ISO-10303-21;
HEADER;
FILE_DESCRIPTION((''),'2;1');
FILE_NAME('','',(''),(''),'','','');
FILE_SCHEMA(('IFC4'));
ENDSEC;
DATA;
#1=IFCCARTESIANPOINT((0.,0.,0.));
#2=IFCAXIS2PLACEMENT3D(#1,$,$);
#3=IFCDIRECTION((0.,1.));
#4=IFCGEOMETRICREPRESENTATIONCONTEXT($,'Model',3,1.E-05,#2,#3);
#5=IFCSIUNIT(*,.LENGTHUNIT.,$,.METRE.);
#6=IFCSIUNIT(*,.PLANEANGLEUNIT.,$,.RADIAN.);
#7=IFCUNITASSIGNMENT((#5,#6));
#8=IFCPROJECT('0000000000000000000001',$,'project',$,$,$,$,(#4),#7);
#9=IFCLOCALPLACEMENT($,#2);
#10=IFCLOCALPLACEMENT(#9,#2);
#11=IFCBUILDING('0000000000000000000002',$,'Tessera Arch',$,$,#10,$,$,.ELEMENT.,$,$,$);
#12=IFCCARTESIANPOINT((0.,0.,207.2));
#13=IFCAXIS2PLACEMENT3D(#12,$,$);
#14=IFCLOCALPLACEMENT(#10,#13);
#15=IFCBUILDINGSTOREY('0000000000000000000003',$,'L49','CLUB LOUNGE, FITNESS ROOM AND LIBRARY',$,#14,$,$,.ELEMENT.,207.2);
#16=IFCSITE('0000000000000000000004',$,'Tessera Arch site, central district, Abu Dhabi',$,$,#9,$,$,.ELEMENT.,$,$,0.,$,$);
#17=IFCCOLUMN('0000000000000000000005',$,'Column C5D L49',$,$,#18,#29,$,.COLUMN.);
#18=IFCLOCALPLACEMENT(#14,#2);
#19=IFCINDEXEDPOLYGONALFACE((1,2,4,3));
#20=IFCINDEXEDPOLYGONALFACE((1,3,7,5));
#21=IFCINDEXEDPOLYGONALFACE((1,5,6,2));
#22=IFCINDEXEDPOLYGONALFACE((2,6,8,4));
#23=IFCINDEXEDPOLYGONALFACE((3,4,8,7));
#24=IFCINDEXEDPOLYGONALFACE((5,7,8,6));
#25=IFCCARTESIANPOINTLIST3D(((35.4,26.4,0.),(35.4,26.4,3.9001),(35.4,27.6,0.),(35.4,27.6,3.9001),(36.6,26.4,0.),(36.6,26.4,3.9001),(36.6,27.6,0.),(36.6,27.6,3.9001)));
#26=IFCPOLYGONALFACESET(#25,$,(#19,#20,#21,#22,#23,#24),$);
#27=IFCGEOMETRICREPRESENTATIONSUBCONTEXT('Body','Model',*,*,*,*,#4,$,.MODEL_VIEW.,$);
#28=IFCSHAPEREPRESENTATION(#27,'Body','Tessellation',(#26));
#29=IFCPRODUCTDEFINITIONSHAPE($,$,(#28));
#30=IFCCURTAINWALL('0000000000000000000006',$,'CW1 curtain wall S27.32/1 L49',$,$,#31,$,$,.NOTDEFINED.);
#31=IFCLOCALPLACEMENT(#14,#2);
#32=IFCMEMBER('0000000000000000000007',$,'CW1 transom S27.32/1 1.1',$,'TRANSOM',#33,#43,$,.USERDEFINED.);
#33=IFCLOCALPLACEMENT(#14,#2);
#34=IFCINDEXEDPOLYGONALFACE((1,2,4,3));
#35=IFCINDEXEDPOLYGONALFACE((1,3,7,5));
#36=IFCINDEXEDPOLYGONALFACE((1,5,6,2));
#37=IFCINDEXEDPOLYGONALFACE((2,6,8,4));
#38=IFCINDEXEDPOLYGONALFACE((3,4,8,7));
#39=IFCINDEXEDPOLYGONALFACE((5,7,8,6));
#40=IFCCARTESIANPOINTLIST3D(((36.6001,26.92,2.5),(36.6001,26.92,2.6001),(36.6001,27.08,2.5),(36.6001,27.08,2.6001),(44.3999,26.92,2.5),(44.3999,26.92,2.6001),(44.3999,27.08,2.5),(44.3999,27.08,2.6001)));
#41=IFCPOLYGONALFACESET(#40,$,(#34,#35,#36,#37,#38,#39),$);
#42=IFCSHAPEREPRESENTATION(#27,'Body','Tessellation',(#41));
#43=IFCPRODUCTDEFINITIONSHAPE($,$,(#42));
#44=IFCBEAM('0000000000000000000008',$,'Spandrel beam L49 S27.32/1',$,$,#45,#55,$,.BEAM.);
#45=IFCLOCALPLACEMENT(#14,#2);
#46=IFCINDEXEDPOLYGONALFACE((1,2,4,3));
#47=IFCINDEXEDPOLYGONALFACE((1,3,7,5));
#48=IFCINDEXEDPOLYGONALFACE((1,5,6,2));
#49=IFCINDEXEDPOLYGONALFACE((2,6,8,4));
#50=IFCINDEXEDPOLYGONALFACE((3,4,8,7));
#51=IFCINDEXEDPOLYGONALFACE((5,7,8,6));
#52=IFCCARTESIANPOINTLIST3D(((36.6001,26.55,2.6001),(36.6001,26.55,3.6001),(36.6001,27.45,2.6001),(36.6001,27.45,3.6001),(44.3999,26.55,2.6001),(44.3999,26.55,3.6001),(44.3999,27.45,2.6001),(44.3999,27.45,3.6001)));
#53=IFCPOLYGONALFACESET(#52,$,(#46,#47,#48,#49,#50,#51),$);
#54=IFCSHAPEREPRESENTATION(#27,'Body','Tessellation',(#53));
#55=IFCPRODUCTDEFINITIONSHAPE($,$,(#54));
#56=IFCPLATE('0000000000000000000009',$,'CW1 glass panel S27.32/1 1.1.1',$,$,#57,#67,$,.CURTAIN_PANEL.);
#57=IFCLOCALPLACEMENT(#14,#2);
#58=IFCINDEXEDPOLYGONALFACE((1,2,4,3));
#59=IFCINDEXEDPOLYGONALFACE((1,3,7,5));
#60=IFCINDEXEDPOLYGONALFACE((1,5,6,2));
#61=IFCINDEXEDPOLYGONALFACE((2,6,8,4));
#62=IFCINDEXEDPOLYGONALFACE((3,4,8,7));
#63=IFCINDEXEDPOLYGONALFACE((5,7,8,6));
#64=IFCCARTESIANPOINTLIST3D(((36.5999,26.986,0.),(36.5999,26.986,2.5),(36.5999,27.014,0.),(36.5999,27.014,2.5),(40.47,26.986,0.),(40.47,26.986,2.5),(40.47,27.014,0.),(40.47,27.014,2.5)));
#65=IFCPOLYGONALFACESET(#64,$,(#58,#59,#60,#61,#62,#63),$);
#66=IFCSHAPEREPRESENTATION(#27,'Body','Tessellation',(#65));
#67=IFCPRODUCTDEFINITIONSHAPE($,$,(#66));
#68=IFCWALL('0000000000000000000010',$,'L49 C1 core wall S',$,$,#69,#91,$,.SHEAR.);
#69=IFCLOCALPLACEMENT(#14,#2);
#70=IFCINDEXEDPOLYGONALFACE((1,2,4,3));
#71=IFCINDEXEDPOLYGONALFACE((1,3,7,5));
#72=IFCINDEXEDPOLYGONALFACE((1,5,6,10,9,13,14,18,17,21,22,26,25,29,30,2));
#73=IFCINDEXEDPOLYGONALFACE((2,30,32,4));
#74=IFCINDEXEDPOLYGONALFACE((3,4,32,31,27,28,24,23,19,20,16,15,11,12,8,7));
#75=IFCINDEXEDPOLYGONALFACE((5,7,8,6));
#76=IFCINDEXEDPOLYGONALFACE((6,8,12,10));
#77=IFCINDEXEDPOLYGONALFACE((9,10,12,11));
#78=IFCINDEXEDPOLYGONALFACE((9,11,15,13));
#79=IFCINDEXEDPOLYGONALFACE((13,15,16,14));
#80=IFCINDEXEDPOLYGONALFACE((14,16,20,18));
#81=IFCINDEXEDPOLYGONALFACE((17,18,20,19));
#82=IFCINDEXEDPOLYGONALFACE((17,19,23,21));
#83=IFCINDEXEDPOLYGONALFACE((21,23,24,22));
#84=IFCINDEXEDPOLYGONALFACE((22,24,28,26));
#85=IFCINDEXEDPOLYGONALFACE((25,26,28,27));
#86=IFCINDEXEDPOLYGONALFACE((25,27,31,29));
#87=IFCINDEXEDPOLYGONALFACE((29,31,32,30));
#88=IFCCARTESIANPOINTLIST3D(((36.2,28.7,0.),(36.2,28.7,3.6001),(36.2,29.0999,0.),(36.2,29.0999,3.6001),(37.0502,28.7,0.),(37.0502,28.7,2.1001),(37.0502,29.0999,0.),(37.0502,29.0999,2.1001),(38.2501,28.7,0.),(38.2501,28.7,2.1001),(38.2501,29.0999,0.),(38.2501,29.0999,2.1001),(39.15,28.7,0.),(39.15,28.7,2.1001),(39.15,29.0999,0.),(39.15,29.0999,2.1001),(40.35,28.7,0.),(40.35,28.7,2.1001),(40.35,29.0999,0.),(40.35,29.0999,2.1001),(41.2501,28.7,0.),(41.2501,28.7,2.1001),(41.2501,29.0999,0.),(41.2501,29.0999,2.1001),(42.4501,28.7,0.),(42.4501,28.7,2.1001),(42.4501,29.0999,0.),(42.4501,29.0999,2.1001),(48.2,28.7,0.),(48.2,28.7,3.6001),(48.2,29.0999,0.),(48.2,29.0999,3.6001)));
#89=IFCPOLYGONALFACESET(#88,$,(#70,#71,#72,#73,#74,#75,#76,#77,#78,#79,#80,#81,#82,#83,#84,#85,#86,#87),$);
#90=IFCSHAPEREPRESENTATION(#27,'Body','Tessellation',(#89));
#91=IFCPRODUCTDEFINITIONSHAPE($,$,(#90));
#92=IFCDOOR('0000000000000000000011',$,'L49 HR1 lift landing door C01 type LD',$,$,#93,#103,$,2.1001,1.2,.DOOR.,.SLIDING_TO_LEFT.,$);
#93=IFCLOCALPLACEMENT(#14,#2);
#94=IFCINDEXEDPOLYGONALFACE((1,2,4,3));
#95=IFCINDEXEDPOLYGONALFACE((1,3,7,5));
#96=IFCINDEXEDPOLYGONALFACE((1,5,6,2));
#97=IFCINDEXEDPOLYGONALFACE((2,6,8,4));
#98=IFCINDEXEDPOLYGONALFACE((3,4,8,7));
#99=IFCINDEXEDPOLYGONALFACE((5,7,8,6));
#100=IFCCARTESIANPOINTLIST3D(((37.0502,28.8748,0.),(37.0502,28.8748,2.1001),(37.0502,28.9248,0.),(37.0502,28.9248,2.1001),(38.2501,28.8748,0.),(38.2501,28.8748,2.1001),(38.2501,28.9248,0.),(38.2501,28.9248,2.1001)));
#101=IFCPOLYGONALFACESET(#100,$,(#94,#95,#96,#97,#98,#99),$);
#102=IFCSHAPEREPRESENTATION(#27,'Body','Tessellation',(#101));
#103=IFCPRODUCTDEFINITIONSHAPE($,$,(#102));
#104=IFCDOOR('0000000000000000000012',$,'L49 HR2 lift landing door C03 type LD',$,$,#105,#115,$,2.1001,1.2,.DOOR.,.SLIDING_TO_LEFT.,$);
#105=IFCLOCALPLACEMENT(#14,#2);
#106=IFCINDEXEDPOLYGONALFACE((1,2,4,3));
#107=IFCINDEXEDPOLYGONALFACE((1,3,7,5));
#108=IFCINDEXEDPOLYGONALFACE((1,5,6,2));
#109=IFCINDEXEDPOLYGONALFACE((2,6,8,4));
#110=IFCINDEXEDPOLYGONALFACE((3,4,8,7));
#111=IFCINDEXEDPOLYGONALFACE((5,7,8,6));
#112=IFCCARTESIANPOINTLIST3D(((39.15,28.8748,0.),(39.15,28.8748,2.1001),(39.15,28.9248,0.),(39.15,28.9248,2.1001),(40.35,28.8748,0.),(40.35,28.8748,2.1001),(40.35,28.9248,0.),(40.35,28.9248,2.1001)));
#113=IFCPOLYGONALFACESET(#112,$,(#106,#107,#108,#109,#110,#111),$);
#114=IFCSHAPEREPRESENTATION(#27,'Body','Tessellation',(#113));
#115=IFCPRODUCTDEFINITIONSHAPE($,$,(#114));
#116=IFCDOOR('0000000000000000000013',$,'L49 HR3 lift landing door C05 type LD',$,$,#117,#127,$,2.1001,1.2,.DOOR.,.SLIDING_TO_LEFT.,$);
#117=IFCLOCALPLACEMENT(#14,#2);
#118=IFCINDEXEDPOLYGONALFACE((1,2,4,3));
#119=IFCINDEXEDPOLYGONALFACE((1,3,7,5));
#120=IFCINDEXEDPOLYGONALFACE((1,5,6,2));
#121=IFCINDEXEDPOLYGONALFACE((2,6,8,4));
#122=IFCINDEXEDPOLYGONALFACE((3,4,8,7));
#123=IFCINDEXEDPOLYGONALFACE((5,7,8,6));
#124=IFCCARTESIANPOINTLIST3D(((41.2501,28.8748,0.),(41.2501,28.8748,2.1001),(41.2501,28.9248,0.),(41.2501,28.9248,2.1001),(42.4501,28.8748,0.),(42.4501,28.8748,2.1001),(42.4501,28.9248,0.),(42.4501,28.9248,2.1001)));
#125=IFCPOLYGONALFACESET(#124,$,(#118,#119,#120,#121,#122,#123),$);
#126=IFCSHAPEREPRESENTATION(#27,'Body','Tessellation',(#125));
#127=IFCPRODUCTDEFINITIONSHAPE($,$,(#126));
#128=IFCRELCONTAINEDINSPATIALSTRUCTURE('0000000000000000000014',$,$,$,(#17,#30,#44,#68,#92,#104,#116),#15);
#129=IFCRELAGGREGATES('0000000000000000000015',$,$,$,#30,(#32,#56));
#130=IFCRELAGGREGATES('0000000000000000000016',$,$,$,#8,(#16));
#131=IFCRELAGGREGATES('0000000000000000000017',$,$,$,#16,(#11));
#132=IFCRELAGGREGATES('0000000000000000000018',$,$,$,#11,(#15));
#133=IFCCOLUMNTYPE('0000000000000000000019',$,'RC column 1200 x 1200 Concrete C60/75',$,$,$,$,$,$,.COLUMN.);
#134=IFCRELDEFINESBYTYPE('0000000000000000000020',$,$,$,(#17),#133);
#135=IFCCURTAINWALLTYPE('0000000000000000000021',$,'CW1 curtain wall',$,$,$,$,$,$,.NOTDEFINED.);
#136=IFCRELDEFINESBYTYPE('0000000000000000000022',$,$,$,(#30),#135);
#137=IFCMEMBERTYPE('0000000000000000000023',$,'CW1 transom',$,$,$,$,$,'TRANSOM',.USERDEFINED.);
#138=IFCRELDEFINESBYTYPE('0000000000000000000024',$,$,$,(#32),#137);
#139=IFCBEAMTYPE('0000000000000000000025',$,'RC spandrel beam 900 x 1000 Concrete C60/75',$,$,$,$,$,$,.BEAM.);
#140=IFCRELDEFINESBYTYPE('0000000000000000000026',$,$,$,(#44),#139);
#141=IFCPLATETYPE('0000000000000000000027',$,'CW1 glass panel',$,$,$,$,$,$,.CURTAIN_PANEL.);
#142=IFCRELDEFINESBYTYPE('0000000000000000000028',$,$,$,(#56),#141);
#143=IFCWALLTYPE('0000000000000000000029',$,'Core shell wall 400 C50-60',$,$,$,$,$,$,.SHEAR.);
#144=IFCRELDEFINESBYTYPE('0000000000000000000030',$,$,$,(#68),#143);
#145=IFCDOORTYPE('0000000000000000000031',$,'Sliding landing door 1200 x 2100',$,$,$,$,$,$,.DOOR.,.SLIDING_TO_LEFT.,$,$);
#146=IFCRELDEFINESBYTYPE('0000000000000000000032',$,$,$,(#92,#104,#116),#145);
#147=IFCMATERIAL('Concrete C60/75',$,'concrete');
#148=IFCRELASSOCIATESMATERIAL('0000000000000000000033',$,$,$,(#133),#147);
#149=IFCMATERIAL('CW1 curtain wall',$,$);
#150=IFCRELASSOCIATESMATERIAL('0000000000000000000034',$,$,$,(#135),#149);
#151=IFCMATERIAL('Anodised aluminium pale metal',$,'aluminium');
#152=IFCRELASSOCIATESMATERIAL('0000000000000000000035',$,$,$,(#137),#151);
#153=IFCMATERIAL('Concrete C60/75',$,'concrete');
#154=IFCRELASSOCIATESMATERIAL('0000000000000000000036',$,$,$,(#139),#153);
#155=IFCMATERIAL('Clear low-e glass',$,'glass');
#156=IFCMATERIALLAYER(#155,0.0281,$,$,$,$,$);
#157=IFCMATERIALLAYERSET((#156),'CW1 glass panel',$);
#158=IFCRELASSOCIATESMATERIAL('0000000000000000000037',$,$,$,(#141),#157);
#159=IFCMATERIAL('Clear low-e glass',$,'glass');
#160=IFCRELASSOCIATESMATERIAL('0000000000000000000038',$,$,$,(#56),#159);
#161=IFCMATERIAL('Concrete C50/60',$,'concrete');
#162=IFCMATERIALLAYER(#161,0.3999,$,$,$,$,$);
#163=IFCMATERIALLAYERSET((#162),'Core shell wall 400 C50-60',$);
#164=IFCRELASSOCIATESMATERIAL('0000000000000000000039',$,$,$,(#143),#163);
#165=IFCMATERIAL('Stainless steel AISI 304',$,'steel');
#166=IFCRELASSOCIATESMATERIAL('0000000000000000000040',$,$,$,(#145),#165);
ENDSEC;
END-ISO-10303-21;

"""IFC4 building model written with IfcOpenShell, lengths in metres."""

from ifc_helpers import new_model, si_unit, direction, frame, frame_2d, origin, origin_2d, place, context, subcontext, project, spatial, rectangle, extrude, material, layer, layer_set, material_profile, profile_set, type_object, element, fill, aggregate, save


model = new_model("IFC4")

# Units and contexts
model_context = context("Model", 3, precision=1e-05, world=origin(), true_north=direction((0.0, 1.0)))
body_context = subcontext(model_context, "Body", "Model", "MODEL_VIEW")
ifc_project = project(units=[si_unit("LENGTHUNIT", "METRE"), si_unit("PLANEANGLEUNIT", "RADIAN")], contexts=[model_context])

# Site, building, storey
site_placement = place(None, origin())
site = spatial("IfcSite", under=ifc_project, at=site_placement, Name="Tessera Arch site, central district, Abu Dhabi", CompositionType="ELEMENT", RefElevation=0.0)
building_placement = place(site_placement, origin())
building = spatial("IfcBuilding", under=site, at=building_placement, Name="Tessera Arch", CompositionType="ELEMENT")
storey_placement = place(building_placement, frame((0.0, 0.0, 207.2)))
storey = spatial("IfcBuildingStorey", under=building, at=storey_placement, Name="L49", Description="CLUB LOUNGE, FITNESS ROOM AND LIBRARY", CompositionType="ELEMENT", Elevation=207.2)

# Column
ifc_material_1 = material(Name="Concrete C60/75", Category="concrete")
ifc_material_profile_1 = material_profile(ifc_material_1, rectangle(XDim=1.2, YDim=1.2, at=origin_2d()), Name="RC column 1200 x 1200 Concrete C60/75")
ifc_profile_set_1 = profile_set([ifc_material_profile_1], Name="Concrete C60/75")
column_type = type_object("IfcColumnType", Name="RC column 1200 x 1200 Concrete C60/75", PredefinedType="COLUMN", material=ifc_profile_set_1)
column_placement = place(storey_placement, frame((36.0, 27.0, 0.0), z_axis=(0.0, 0.0, 1.0), x_axis=(1.0, 0.0, 0.0)))
element("IfcColumn", 1, at=column_placement, inside=storey, type_object=column_type, Name="Column C5D L49", PredefinedType="COLUMN", context=body_context, shape_type="SweptSolid", body=[
    extrude(rectangle(XDim=1.2, YDim=1.2, at=origin_2d()), origin(), (0.0, 0.0, 1.0), 3.9001),
])

# Curtain wall, member
ifc_material_2 = material(Name="CW1 curtain wall")
curtain_wall_type = type_object("IfcCurtainWallType", Name="CW1 curtain wall", PredefinedType="NOTDEFINED", material=ifc_material_2)
curtain_wall_placement = place(storey_placement, origin())
curtain_wall = element("IfcCurtainWall", 2, at=curtain_wall_placement, inside=storey, type_object=curtain_wall_type, Name="CW1 curtain wall S27.32/1 L49", PredefinedType="NOTDEFINED")
ifc_material_3 = material(Name="Anodised aluminium pale metal", Category="aluminium")
ifc_material_profile_2 = material_profile(ifc_material_3, rectangle(XDim=0.1599, YDim=0.1001, at=origin_2d()), Name="AL 160x100")
ifc_profile_set_2 = profile_set([ifc_material_profile_2], Name="Anodised aluminium pale metal")
member_type = type_object("IfcMemberType", Name="CW1 transom", ElementType="TRANSOM", PredefinedType="USERDEFINED", material=ifc_profile_set_2)
member_placement = place(storey_placement, frame((36.6001, 27.0, 2.55), z_axis=(1.0, 0.0, 0.0), x_axis=(0.0, 1.0, 0.0)))
member = element("IfcMember", 3, at=member_placement, type_object=member_type, Name="CW1 transom S27.32/1 1.1", ObjectType="TRANSOM", PredefinedType="USERDEFINED", context=body_context, shape_type="SweptSolid", body=[
    extrude(rectangle(XDim=0.1599, YDim=0.1001, at=origin_2d()), origin(), (0.0, 0.0, 1.0), 7.7998),
])

# Beam
ifc_material_4 = material(Name="Concrete C60/75", Category="concrete")
ifc_material_profile_3 = material_profile(ifc_material_4, rectangle(XDim=0.8999, YDim=1.0, at=origin_2d()), Name="RC spandrel beam 900 x 1000 Concrete C60/75")
ifc_profile_set_3 = profile_set([ifc_material_profile_3], Name="Concrete C60/75")
beam_type = type_object("IfcBeamType", Name="RC spandrel beam 900 x 1000 Concrete C60/75", PredefinedType="BEAM", material=ifc_profile_set_3)
beam_placement = place(storey_placement, frame((36.6001, 27.0, 3.1001), z_axis=(1.0, 0.0, 0.0), x_axis=(0.0, 1.0, 0.0)))
element("IfcBeam", 4, at=beam_placement, inside=storey, type_object=beam_type, Name="Spandrel beam L49 S27.32/1", PredefinedType="BEAM", context=body_context, shape_type="SweptSolid", body=[
    extrude(rectangle(XDim=0.8999, YDim=1.0, at=origin_2d()), origin(), (0.0, 0.0, 1.0), 7.7998),
])

# Plate
ifc_material_5 = material(Name="Clear low-e glass", Category="glass")
ifc_material_6 = material(Name="Clear low-e glass", Category="glass")
ifc_layer_1 = layer(ifc_material_6, 0.0281)
ifc_layer_set_1 = layer_set([ifc_layer_1], Name="CW1 glass panel")
plate_type = type_object("IfcPlateType", Name="CW1 glass panel", PredefinedType="CURTAIN_PANEL", material=ifc_layer_set_1)
plate_placement = place(storey_placement, frame((38.5349, 27.0, 0.0), z_axis=(0.0, 0.0, 1.0), x_axis=(1.0, 0.0, 0.0)))
plate = element("IfcPlate", 5, at=plate_placement, type_object=plate_type, material=ifc_material_5, Name="CW1 glass panel S27.32/1 1.1.1", PredefinedType="CURTAIN_PANEL", context=body_context, shape_type="SweptSolid", body=[
    extrude(rectangle(XDim=3.8701, YDim=0.0281, at=origin_2d()), origin(), (0.0, 0.0, 1.0), 2.5),
])
aggregate(curtain_wall, [member, plate])

# Wall, openings, doors
ifc_material_7 = material(Name="Concrete C50/60", Category="concrete")
ifc_layer_2 = layer(ifc_material_7, 0.3999)
ifc_layer_set_2 = layer_set([ifc_layer_2], Name="Core shell wall 400 C50-60")
wall_type_1 = type_object("IfcWallType", Name="Core shell wall 400 C50-60", PredefinedType="SHEAR", material=ifc_layer_set_2)
wall_1_placement = place(storey_placement, frame((36.2, 28.8999, 0.0), z_axis=(0.0, 0.0, 1.0), x_axis=(1.0, 0.0, 0.0)))
wall_1 = element("IfcWall", 6, at=wall_1_placement, inside=storey, type_object=wall_type_1, Name="L49 C1 core wall S", PredefinedType="SHEAR", context=body_context, shape_type="SweptSolid", body=[
    extrude(rectangle(XDim=12.0, YDim=0.3999, at=frame_2d((6.0, 0.0))), origin(), (0.0, 0.0, 1.0), 3.6001),
])
opening_1_placement = place(wall_1_placement, frame((0.8501, 0.0, 0.0)))
opening_1 = element("IfcOpeningElement", 7, at=opening_1_placement, cuts=wall_1, PredefinedType="OPENING", context=body_context, shape_type="SweptSolid", body=[
    extrude(rectangle(XDim=1.2, YDim=2.1001, at=frame_2d((0.6001, 1.05))), frame((0.0, 0.21, 0.0), z_axis=(0.0, -1.0, 0.0), x_axis=(1.0, 0.0, 0.0)), (0.0, 0.0, 1.0), 0.4199),
])
opening_2_placement = place(wall_1_placement, frame((2.95, 0.0, 0.0)))
opening_2 = element("IfcOpeningElement", 8, at=opening_2_placement, cuts=wall_1, PredefinedType="OPENING", context=body_context, shape_type="SweptSolid", body=[
    extrude(rectangle(XDim=1.2, YDim=2.1001, at=frame_2d((0.6001, 1.05))), frame((0.0, 0.21, 0.0), z_axis=(0.0, -1.0, 0.0), x_axis=(1.0, 0.0, 0.0)), (0.0, 0.0, 1.0), 0.4199),
])
opening_3_placement = place(wall_1_placement, frame((5.05, 0.0, 0.0)))
opening_3 = element("IfcOpeningElement", 9, at=opening_3_placement, cuts=wall_1, PredefinedType="OPENING", context=body_context, shape_type="SweptSolid", body=[
    extrude(rectangle(XDim=1.2, YDim=2.1001, at=frame_2d((0.6001, 1.05))), frame((0.0, 0.21, 0.0), z_axis=(0.0, -1.0, 0.0), x_axis=(1.0, 0.0, 0.0)), (0.0, 0.0, 1.0), 0.4199),
])
ifc_material_8 = material(Name="Stainless steel AISI 304", Category="steel")
door_type_1 = type_object("IfcDoorType", Name="Sliding landing door 1200 x 2100", OperationType="SLIDING_TO_LEFT", PredefinedType="DOOR", material=ifc_material_8)
door_1_placement = place(opening_1_placement, origin())
door_1 = element("IfcDoor", 10, at=door_1_placement, inside=storey, type_object=door_type_1, Name="L49 HR1 lift landing door C01 type LD", OperationType="SLIDING_TO_LEFT", OverallHeight=2.1001, OverallWidth=1.2, PredefinedType="DOOR", context=body_context, shape_type="SweptSolid", body=[
    extrude(rectangle(XDim=1.2, YDim=2.1001, at=frame_2d((0.6001, 1.05))), frame((0.0, 0.0249, 0.0), z_axis=(0.0, -1.0, 0.0), x_axis=(1.0, 0.0, 0.0)), (0.0, 0.0, 1.0), 0.05),
])
fill(opening_1, door_1)
door_2_placement = place(opening_2_placement, origin())
door_2 = element("IfcDoor", 11, at=door_2_placement, inside=storey, type_object=door_type_1, Name="L49 HR2 lift landing door C03 type LD", OperationType="SLIDING_TO_LEFT", OverallHeight=2.1001, OverallWidth=1.2, PredefinedType="DOOR", context=body_context, shape_type="SweptSolid", body=[
    extrude(rectangle(XDim=1.2, YDim=2.1001, at=frame_2d((0.6001, 1.05))), frame((0.0, 0.0249, 0.0), z_axis=(0.0, -1.0, 0.0), x_axis=(1.0, 0.0, 0.0)), (0.0, 0.0, 1.0), 0.05),
])
fill(opening_2, door_2)
door_3_placement = place(opening_3_placement, origin())
door_3 = element("IfcDoor", 12, at=door_3_placement, inside=storey, type_object=door_type_1, Name="L49 HR3 lift landing door C05 type LD", OperationType="SLIDING_TO_LEFT", OverallHeight=2.1001, OverallWidth=1.2, PredefinedType="DOOR", context=body_context, shape_type="SweptSolid", body=[
    extrude(rectangle(XDim=1.2, YDim=2.1001, at=frame_2d((0.6001, 1.05))), frame((0.0, 0.0249, 0.0), z_axis=(0.0, -1.0, 0.0), x_axis=(1.0, 0.0, 0.0)), (0.0, 0.0, 1.0), 0.05),
])
fill(opening_3, door_3)

save(model, "model.ifc")
